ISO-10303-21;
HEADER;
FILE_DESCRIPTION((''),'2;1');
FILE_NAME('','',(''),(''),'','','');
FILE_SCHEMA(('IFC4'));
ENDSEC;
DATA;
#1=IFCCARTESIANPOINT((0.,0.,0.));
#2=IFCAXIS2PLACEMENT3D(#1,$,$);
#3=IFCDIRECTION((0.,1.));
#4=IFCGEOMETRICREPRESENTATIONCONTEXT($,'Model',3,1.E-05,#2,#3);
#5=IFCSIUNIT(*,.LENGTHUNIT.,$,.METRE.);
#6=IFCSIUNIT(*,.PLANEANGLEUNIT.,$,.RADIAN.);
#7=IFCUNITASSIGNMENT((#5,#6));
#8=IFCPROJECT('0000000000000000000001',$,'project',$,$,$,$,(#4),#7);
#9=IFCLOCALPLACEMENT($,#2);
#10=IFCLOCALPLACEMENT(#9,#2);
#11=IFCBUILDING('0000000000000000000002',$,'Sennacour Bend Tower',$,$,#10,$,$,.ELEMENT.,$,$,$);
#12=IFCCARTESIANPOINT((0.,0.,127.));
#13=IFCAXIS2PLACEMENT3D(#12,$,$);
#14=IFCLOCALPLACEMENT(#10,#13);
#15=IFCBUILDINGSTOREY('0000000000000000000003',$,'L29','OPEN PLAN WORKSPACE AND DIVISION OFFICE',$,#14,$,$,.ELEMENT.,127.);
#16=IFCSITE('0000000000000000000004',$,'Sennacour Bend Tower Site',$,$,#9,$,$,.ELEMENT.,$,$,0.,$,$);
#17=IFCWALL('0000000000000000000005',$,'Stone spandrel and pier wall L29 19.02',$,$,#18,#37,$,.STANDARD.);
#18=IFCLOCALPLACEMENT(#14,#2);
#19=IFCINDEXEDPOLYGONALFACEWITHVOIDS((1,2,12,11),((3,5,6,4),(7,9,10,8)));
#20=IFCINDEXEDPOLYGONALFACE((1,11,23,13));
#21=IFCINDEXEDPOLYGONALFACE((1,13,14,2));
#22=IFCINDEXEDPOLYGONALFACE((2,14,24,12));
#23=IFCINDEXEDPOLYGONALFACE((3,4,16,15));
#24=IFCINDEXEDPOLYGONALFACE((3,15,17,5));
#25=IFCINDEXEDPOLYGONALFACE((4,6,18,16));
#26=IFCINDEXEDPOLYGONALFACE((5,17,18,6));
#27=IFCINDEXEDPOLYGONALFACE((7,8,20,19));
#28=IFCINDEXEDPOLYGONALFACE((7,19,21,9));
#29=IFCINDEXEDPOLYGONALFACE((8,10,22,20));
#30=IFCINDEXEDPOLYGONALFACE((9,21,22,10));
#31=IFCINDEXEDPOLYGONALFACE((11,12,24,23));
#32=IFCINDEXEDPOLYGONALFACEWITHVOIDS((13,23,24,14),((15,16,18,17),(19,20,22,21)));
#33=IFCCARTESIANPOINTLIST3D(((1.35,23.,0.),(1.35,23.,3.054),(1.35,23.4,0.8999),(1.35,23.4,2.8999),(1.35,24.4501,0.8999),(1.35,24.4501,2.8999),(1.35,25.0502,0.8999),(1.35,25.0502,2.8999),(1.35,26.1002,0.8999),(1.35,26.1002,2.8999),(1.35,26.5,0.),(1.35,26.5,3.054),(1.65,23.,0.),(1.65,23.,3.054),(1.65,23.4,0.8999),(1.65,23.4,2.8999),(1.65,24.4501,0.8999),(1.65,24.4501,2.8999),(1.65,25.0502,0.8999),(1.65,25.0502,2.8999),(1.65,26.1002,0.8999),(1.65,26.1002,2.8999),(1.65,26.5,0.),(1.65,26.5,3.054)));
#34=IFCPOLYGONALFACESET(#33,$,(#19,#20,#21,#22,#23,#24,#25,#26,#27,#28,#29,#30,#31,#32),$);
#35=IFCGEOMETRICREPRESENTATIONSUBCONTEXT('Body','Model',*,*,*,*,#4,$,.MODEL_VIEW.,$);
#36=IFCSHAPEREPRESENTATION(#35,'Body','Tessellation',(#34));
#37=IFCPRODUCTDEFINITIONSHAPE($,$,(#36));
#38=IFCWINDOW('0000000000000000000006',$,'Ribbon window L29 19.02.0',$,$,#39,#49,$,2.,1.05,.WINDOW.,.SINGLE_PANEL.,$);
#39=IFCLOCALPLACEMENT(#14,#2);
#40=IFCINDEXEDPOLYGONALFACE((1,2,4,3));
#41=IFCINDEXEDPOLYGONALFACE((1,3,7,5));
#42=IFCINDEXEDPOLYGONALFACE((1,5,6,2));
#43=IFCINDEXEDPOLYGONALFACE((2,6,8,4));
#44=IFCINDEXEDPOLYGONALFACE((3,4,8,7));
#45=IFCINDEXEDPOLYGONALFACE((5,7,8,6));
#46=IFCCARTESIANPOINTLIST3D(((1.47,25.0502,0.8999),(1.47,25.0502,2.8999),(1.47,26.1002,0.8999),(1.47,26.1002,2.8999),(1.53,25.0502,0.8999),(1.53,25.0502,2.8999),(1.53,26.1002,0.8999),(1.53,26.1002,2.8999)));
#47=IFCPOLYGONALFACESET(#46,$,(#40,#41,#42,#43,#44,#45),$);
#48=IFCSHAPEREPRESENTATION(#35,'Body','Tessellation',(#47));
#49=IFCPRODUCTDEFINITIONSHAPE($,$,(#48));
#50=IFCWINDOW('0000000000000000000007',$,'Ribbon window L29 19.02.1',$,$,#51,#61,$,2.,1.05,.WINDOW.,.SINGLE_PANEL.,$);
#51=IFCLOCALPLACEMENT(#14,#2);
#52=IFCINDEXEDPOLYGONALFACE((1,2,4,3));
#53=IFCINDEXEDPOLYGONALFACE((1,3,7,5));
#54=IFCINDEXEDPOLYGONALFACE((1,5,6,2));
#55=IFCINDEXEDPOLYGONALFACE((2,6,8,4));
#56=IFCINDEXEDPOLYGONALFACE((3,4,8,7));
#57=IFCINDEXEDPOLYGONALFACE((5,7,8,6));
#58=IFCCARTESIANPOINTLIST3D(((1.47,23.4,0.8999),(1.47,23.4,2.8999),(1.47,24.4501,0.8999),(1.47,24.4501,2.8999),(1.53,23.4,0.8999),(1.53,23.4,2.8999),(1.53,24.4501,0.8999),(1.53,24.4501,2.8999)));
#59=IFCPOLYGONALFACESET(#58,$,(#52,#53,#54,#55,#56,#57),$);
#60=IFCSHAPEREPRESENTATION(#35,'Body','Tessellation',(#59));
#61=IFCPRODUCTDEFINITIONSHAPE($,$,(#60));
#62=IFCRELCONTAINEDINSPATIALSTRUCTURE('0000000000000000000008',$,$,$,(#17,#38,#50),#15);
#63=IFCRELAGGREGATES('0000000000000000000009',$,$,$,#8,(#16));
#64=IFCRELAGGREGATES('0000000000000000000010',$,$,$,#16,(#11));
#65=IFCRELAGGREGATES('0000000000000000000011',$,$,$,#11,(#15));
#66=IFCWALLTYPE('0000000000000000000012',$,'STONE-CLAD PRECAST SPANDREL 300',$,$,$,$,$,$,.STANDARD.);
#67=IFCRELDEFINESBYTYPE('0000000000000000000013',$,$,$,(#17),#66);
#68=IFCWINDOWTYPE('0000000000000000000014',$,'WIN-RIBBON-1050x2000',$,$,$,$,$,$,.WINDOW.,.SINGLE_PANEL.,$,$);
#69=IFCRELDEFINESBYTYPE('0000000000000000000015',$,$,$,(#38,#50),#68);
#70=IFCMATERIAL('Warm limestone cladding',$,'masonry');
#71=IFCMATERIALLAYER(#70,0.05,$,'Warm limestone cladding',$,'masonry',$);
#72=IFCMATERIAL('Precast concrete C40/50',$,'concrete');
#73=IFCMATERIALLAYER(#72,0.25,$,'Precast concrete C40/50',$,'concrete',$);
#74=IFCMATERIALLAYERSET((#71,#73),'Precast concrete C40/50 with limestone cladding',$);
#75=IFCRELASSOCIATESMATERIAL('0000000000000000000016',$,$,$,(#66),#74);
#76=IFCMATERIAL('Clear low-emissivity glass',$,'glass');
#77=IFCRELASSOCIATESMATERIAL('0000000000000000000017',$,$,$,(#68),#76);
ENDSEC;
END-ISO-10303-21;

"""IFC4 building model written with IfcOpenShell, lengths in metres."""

from ifc_helpers import new_model, si_unit, direction, frame, frame_2d, origin, place, context, subcontext, project, spatial, rectangle, extrude, material, layer, layer_set, type_object, element, fill, save


model = new_model("IFC4")

# Units and contexts
model_context = context("Model", 3, precision=1e-05, world=origin(), true_north=direction((0.0, 1.0)))
body_context = subcontext(model_context, "Body", "Model", "MODEL_VIEW")
ifc_project = project(units=[si_unit("LENGTHUNIT", "METRE"), si_unit("PLANEANGLEUNIT", "RADIAN")], contexts=[model_context])

# Site, building, storey
site_placement = place(None, origin())
site = spatial("IfcSite", under=ifc_project, at=site_placement, Name="Sennacour Bend Tower Site", CompositionType="ELEMENT", RefElevation=0.0)
building_placement = place(site_placement, origin())
building = spatial("IfcBuilding", under=site, at=building_placement, Name="Sennacour Bend Tower", CompositionType="ELEMENT")
storey_placement = place(building_placement, frame((0.0, 0.0, 127.0)))
storey = spatial("IfcBuildingStorey", under=building, at=storey_placement, Name="L29", Description="OPEN PLAN WORKSPACE AND DIVISION OFFICE", CompositionType="ELEMENT", Elevation=127.0)

# Wall, openings, windows
ifc_material_1 = material(Name="Warm limestone cladding", Category="masonry")
ifc_layer_1 = layer(ifc_material_1, 0.05, Name="Warm limestone cladding", Category="masonry")
ifc_material_2 = material(Name="Precast concrete C40/50", Category="concrete")
ifc_layer_2 = layer(ifc_material_2, 0.25, Name="Precast concrete C40/50", Category="concrete")
ifc_layer_set_1 = layer_set([ifc_layer_1, ifc_layer_2], Name="Precast concrete C40/50 with limestone cladding")
wall_type_1 = type_object("IfcWallType", Name="STONE-CLAD PRECAST SPANDREL 300", PredefinedType="STANDARD", material=ifc_layer_set_1)
ifc_material_3 = material(Name="Clear low-emissivity glass", Category="glass")
window_type = type_object("IfcWindowType", Name="WIN-RIBBON-1050x2000", PartitioningType="SINGLE_PANEL", PredefinedType="WINDOW", material=ifc_material_3)
wall_1_placement = place(storey_placement, frame((1.5, 26.5, 0.0), z_axis=(0.0, 0.0, 1.0), x_axis=(0.0, -1.0, 0.0)))
wall_1 = element("IfcWall", 1, at=wall_1_placement, inside=storey, type_object=wall_type_1, Name="Stone spandrel and pier wall L29 19.02", PredefinedType="STANDARD", context=body_context, shape_type="SweptSolid", body=[
    extrude(rectangle(XDim=3.5, YDim=0.3, at=frame_2d((1.75, 0.0))), origin(), (0.0, 0.0, 1.0), 3.054),
])
opening_1_placement = place(wall_1_placement, frame((0.3999, 0.0, 0.8999)))
opening_1 = element("IfcOpeningElement", 2, at=opening_1_placement, cuts=wall_1, PredefinedType="OPENING", context=body_context, shape_type="SweptSolid", body=[
    extrude(rectangle(XDim=1.05, YDim=2.0, at=frame_2d((0.5249, 1.0))), frame((0.0, 0.1602, 0.0), z_axis=(0.0, -1.0, 0.0), x_axis=(1.0, 0.0, 0.0)), (0.0, 0.0, 1.0), 0.3201),
])
opening_2_placement = place(wall_1_placement, frame((2.05, 0.0, 0.8999)))
opening_2 = element("IfcOpeningElement", 3, at=opening_2_placement, cuts=wall_1, PredefinedType="OPENING", context=body_context, shape_type="SweptSolid", body=[
    extrude(rectangle(XDim=1.05, YDim=2.0, at=frame_2d((0.5249, 1.0))), frame((0.0, 0.1602, 0.0), z_axis=(0.0, -1.0, 0.0), x_axis=(1.0, 0.0, 0.0)), (0.0, 0.0, 1.0), 0.3201),
])
window_1_placement = place(opening_1_placement, origin())
window_1 = element("IfcWindow", 4, at=window_1_placement, inside=storey, type_object=window_type, Name="Ribbon window L29 19.02.0", OverallHeight=2.0, OverallWidth=1.05, PartitioningType="SINGLE_PANEL", PredefinedType="WINDOW", context=body_context, shape_type="SweptSolid", body=[
    extrude(rectangle(XDim=1.05, YDim=2.0, at=frame_2d((0.5249, 1.0))), frame((0.0, 0.03, 0.0), z_axis=(0.0, -1.0, 0.0), x_axis=(1.0, 0.0, 0.0)), (0.0, 0.0, 1.0), 0.0601),
])
fill(opening_1, window_1)
window_2_placement = place(opening_2_placement, origin())
window_2 = element("IfcWindow", 5, at=window_2_placement, inside=storey, type_object=window_type, Name="Ribbon window L29 19.02.1", OverallHeight=2.0, OverallWidth=1.05, PartitioningType="SINGLE_PANEL", PredefinedType="WINDOW", context=body_context, shape_type="SweptSolid", body=[
    extrude(rectangle(XDim=1.05, YDim=2.0, at=frame_2d((0.5249, 1.0))), frame((0.0, 0.03, 0.0), z_axis=(0.0, -1.0, 0.0), x_axis=(1.0, 0.0, 0.0)), (0.0, 0.0, 1.0), 0.0601),
])
fill(opening_2, window_2)

save(model, "model.ifc")
